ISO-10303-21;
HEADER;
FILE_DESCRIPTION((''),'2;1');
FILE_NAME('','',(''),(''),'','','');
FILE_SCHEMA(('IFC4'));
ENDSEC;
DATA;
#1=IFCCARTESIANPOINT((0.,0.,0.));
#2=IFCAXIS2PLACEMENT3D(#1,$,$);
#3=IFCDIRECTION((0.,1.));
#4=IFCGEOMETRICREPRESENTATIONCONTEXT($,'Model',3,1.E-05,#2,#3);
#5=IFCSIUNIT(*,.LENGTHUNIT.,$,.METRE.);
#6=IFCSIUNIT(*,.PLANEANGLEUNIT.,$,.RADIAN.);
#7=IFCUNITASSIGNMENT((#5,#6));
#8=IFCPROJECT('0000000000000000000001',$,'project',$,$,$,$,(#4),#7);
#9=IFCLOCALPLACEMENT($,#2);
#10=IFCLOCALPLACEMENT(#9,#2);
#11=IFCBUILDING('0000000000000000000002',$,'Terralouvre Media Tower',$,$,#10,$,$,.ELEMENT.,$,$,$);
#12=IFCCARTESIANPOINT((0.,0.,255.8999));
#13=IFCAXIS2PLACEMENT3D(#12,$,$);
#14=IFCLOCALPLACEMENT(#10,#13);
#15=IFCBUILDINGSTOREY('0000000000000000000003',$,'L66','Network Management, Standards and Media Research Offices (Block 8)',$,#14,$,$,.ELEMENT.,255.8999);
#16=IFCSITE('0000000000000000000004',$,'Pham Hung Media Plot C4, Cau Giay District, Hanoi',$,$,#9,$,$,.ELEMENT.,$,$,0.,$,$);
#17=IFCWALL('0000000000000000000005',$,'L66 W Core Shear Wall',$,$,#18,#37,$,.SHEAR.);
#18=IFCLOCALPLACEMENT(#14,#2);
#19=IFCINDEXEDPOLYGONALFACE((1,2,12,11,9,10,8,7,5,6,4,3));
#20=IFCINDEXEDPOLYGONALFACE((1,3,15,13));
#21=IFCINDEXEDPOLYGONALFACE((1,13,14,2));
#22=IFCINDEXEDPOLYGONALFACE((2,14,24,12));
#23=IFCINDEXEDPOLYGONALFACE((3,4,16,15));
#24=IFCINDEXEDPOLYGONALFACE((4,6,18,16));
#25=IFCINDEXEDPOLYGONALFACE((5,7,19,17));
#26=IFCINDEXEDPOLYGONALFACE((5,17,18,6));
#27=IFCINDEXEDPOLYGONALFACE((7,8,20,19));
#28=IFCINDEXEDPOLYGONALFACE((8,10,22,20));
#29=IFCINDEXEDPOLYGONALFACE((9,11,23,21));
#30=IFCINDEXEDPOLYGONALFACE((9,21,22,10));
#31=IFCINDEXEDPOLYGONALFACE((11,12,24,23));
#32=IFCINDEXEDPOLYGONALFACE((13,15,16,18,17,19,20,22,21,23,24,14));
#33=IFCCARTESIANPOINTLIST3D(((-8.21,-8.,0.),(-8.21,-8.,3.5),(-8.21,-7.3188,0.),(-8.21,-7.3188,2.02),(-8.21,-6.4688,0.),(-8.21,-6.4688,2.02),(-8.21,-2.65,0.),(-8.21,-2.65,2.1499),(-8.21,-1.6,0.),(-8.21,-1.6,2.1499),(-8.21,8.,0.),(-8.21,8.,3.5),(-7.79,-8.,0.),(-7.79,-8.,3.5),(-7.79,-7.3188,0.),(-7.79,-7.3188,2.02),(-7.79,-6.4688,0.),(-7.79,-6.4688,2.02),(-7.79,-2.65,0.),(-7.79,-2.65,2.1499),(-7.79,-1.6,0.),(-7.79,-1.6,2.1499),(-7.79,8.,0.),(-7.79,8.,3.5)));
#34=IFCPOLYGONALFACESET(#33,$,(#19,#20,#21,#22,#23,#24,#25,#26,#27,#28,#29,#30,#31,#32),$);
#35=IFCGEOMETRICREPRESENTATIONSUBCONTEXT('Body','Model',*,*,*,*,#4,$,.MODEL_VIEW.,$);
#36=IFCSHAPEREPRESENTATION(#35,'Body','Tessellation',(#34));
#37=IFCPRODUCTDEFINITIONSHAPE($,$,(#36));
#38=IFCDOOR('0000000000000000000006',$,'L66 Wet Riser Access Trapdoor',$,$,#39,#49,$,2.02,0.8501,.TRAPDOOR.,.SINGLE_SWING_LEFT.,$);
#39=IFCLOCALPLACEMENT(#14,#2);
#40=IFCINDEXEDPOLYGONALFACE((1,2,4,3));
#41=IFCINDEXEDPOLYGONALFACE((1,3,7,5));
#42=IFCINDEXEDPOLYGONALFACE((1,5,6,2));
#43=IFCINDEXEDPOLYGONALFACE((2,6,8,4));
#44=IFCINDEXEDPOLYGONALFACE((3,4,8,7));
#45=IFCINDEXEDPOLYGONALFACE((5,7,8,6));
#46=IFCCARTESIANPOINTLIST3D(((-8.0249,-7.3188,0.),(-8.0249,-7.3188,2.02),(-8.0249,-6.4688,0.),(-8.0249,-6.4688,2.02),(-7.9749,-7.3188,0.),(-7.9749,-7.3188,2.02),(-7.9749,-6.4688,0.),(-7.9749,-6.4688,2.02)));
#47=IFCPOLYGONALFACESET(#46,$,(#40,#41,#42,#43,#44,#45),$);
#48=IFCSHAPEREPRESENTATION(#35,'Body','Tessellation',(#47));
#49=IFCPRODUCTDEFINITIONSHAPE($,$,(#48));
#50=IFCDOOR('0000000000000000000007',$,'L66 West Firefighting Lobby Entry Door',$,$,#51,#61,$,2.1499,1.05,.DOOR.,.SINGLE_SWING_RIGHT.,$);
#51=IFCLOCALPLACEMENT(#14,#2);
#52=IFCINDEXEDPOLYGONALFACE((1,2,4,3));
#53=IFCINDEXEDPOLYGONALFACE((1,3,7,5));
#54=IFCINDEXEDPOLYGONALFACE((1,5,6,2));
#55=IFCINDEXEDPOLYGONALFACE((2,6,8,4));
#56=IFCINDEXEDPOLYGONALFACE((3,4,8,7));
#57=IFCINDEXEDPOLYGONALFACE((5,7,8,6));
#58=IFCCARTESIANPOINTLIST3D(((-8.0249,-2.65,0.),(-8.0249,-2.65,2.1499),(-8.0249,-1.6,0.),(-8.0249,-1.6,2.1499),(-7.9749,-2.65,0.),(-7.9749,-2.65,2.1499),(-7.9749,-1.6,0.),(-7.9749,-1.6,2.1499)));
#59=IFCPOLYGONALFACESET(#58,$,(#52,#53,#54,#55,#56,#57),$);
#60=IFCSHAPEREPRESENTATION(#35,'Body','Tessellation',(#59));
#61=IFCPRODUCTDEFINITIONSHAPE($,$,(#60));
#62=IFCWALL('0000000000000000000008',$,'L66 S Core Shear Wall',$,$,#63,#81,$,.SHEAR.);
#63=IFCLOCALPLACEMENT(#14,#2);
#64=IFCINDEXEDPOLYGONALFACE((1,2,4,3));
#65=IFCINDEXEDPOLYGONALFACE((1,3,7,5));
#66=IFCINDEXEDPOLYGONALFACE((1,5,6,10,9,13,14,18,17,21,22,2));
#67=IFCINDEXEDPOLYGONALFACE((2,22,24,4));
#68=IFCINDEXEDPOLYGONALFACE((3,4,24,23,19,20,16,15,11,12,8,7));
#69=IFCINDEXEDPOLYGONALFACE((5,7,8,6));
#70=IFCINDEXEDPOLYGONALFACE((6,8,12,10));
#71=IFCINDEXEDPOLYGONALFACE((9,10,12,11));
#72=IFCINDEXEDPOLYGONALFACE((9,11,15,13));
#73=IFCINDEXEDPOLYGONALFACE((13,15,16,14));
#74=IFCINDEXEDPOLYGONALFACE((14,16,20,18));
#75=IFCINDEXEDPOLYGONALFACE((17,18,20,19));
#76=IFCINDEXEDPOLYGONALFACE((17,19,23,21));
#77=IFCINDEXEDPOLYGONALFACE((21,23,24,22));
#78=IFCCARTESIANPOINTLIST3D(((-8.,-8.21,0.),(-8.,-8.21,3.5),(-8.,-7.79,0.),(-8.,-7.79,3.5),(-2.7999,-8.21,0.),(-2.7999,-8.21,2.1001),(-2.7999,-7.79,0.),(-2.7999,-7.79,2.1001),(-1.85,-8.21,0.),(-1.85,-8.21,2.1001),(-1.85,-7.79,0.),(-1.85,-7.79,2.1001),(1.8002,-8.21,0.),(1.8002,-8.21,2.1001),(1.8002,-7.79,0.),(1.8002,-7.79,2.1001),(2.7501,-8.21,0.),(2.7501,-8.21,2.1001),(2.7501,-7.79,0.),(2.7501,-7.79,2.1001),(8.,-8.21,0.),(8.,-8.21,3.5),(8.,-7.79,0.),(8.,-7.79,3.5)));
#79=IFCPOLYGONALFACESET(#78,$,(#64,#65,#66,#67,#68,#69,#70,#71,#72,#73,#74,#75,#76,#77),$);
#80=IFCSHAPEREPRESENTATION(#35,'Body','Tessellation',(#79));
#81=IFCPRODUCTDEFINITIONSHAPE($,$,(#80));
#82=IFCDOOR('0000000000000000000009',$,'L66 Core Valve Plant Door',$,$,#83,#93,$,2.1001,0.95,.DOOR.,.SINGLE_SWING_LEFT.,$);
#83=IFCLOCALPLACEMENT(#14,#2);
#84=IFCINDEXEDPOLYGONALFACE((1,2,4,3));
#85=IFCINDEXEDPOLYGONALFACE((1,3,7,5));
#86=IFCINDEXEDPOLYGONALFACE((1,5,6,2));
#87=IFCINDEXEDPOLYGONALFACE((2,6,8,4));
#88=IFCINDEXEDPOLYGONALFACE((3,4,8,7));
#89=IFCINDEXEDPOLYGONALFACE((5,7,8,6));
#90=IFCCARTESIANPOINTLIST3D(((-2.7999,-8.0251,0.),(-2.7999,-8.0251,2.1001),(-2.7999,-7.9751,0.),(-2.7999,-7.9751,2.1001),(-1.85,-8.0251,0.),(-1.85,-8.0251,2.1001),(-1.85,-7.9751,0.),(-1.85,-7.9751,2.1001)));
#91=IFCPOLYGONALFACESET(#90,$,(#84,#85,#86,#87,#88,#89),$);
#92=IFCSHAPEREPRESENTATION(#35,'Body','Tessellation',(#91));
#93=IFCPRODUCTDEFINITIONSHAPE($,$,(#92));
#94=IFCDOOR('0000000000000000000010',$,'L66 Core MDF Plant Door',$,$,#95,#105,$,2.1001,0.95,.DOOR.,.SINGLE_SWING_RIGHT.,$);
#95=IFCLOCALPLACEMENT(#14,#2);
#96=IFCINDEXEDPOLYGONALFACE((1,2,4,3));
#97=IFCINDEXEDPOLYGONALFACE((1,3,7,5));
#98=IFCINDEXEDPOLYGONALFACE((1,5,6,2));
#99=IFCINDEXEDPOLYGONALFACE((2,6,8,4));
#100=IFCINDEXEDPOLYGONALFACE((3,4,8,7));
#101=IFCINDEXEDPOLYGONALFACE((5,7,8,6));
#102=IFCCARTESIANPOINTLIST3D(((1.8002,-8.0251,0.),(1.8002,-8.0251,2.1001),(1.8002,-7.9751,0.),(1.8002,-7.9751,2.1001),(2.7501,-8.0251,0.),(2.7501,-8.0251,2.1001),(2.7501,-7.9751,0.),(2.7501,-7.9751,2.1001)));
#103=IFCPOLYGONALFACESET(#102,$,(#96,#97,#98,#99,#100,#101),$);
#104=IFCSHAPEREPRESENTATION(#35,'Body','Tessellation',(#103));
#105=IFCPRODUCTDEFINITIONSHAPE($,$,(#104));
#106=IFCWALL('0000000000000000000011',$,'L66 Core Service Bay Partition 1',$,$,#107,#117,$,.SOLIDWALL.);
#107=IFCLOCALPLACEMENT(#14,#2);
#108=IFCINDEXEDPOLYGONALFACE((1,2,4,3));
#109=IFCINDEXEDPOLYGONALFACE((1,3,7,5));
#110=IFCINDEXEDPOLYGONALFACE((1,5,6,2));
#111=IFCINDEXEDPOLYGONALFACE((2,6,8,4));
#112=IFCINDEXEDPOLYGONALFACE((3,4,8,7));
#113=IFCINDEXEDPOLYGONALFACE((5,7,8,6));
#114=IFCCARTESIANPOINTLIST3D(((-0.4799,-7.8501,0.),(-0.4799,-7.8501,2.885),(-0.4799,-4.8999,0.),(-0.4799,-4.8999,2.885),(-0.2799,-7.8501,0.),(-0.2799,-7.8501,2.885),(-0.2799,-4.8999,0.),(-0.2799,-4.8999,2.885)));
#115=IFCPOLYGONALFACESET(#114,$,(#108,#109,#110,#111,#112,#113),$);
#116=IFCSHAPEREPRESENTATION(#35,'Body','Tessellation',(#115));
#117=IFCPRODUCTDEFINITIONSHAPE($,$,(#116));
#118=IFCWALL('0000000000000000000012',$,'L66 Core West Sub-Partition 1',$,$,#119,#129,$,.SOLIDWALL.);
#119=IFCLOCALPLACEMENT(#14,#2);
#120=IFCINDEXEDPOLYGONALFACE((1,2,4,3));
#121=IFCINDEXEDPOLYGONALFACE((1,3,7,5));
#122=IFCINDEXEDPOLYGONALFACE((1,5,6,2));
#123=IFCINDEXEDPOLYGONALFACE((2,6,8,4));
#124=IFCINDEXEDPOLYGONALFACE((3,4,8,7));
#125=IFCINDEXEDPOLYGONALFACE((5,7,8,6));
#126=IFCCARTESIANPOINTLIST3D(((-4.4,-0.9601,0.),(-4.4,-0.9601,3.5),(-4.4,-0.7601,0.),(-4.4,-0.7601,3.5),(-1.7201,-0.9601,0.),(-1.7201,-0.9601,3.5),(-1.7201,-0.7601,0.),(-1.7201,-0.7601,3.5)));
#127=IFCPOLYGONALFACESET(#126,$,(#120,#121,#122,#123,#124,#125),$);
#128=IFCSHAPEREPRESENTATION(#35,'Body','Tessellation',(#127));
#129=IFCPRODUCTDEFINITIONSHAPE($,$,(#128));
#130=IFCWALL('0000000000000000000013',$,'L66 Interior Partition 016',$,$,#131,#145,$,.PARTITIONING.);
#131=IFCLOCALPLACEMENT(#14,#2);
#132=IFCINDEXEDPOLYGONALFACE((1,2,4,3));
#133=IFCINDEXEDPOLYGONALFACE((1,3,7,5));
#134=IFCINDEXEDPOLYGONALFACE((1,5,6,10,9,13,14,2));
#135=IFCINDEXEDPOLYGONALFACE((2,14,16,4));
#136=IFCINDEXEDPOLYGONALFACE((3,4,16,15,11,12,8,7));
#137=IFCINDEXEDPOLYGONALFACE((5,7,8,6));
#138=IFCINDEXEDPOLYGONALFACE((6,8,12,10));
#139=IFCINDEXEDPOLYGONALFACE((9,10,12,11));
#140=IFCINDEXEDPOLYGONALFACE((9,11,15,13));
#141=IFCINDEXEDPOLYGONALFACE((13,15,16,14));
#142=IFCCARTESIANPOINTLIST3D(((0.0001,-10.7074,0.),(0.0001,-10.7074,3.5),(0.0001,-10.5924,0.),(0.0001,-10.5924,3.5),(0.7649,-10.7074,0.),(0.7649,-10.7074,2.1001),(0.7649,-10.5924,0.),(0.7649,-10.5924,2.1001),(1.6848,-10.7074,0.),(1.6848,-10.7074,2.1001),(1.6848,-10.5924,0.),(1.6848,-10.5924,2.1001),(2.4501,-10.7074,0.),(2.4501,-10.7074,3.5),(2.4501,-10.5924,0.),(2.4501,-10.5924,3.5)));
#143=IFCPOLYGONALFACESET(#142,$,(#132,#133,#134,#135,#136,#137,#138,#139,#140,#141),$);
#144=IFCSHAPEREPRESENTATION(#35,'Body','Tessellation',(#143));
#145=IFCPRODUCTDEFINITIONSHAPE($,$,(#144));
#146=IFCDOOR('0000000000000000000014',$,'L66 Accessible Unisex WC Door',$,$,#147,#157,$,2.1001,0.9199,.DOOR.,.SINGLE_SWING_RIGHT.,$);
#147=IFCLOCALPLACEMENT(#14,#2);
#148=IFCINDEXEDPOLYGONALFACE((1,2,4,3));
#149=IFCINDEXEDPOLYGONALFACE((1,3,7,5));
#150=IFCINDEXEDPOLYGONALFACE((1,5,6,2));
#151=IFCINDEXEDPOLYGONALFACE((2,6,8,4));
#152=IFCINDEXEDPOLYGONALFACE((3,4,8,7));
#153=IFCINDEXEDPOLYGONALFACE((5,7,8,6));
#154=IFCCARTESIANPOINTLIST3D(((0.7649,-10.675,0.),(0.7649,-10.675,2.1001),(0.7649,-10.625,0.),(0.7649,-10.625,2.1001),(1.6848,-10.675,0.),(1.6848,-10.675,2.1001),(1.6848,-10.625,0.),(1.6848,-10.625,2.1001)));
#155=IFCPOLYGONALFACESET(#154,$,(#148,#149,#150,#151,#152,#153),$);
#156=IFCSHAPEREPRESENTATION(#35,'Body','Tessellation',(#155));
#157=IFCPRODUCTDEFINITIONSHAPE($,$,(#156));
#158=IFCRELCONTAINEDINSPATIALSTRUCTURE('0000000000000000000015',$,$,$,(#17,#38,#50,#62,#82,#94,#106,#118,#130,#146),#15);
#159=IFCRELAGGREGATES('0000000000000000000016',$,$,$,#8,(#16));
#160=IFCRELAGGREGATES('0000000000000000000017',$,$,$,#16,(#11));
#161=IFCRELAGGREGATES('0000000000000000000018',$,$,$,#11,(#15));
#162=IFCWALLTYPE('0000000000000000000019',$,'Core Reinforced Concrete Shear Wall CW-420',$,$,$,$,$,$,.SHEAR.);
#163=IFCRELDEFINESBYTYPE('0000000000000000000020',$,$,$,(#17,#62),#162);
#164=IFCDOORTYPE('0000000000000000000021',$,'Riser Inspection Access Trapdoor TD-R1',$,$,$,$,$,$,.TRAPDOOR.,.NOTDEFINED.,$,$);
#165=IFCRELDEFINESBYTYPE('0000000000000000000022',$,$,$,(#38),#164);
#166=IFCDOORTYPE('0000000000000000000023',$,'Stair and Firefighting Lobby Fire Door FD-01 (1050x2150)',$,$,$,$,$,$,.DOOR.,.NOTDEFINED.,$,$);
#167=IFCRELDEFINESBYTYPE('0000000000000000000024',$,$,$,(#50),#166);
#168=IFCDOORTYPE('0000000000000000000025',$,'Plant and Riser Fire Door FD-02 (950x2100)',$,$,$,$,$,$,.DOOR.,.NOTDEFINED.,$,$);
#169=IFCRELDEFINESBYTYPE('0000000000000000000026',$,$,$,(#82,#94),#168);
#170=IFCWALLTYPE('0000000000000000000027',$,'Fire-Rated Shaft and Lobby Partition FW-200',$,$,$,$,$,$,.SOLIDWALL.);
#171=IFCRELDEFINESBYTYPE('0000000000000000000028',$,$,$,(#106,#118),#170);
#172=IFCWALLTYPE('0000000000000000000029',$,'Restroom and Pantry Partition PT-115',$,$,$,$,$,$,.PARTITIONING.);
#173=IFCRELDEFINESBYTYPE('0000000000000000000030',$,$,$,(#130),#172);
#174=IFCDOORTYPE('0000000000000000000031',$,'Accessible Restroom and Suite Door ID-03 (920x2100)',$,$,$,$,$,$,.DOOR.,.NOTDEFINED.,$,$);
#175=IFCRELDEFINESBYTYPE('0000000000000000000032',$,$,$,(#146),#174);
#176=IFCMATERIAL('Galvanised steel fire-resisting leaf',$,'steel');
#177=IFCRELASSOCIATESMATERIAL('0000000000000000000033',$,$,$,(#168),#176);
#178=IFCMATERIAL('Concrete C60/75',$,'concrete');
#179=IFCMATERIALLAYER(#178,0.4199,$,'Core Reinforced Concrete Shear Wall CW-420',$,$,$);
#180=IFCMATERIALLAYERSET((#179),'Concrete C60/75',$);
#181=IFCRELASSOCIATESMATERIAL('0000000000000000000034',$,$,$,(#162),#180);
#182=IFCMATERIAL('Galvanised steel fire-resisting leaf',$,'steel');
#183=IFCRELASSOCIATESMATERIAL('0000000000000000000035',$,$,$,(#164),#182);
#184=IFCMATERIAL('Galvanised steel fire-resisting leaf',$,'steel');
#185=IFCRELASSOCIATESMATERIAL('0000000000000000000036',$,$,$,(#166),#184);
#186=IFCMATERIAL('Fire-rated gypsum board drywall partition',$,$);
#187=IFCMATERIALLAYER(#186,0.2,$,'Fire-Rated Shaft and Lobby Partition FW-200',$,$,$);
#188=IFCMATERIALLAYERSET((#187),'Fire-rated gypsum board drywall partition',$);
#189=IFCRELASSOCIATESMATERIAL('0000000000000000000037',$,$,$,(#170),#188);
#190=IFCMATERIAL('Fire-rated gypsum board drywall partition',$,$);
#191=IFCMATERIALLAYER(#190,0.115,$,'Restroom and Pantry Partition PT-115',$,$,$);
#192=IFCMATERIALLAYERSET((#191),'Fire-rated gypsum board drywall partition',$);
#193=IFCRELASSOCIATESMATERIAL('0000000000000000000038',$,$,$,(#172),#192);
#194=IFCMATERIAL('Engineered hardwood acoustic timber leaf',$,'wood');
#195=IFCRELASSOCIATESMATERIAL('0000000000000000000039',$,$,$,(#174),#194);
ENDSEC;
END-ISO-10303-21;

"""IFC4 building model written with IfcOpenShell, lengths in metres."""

from ifc_helpers import new_model, si_unit, direction, frame, frame_2d, origin, place, context, subcontext, project, spatial, rectangle, extrude, material, layer, layer_set, type_object, element, fill, save


model = new_model("IFC4")

# Units and contexts
model_context = context("Model", 3, precision=1e-05, world=origin(), true_north=direction((0.0, 1.0)))
body_context = subcontext(model_context, "Body", "Model", "MODEL_VIEW")
ifc_project = project(units=[si_unit("LENGTHUNIT", "METRE"), si_unit("PLANEANGLEUNIT", "RADIAN")], contexts=[model_context])

# Site, building, storey
site_placement = place(None, origin())
site = spatial("IfcSite", under=ifc_project, at=site_placement, Name="Pham Hung Media Plot C4, Cau Giay District, Hanoi", CompositionType="ELEMENT", RefElevation=0.0)
building_placement = place(site_placement, origin())
building = spatial("IfcBuilding", under=site, at=building_placement, Name="Terralouvre Media Tower", CompositionType="ELEMENT")
storey_placement = place(building_placement, frame((0.0, 0.0, 255.8999)))
storey = spatial("IfcBuildingStorey", under=building, at=storey_placement, Name="L66", Description="Network Management, Standards and Media Research Offices (Block 8)", CompositionType="ELEMENT", Elevation=255.8999)

# Walls, openings, doors
ifc_material_1 = material(Name="Galvanised steel fire-resisting leaf", Category="steel")
door_type_1 = type_object("IfcDoorType", Name="Plant and Riser Fire Door FD-02 (950x2100)", OperationType="NOTDEFINED", PredefinedType="DOOR", material=ifc_material_1)
ifc_material_2 = material(Name="Concrete C60/75", Category="concrete")
ifc_layer_1 = layer(ifc_material_2, 0.4199, Name="Core Reinforced Concrete Shear Wall CW-420")
ifc_layer_set_1 = layer_set([ifc_layer_1], Name="Concrete C60/75")
wall_type_1 = type_object("IfcWallType", Name="Core Reinforced Concrete Shear Wall CW-420", PredefinedType="SHEAR", material=ifc_layer_set_1)
wall_1_placement = place(storey_placement, frame((-8.0, -8.0, 0.0), z_axis=(0.0, 0.0, 1.0), x_axis=(0.0, 1.0, 0.0)))
wall_1 = element("IfcWall", 1, at=wall_1_placement, inside=storey, type_object=wall_type_1, Name="L66 W Core Shear Wall", PredefinedType="SHEAR", context=body_context, shape_type="SweptSolid", body=[
    extrude(rectangle(XDim=16.0, YDim=0.4199, at=frame_2d((8.0, 0.0))), origin(), (0.0, 0.0, 1.0), 3.5),
])
opening_1_placement = place(wall_1_placement, frame((0.6812, 0.0, 0.0)))
opening_1 = element("IfcOpeningElement", 2, at=opening_1_placement, cuts=wall_1, PredefinedType="OPENING", context=body_context, shape_type="SweptSolid", body=[
    extrude(rectangle(XDim=0.8501, YDim=2.02, at=frame_2d((0.425, 1.01))), frame((0.0, 0.22, 0.0), z_axis=(0.0, -1.0, 0.0), x_axis=(1.0, 0.0, 0.0)), (0.0, 0.0, 1.0), 0.4399),
])
opening_2_placement = place(wall_1_placement, frame((5.3501, 0.0, 0.0)))
opening_2 = element("IfcOpeningElement", 3, at=opening_2_placement, cuts=wall_1, PredefinedType="OPENING", context=body_context, shape_type="SweptSolid", body=[
    extrude(rectangle(XDim=1.05, YDim=2.1499, at=frame_2d((0.5249, 1.075))), frame((0.0, 0.22, 0.0), z_axis=(0.0, -1.0, 0.0), x_axis=(1.0, 0.0, 0.0)), (0.0, 0.0, 1.0), 0.4399),
])
ifc_material_3 = material(Name="Galvanised steel fire-resisting leaf", Category="steel")
door_type_2 = type_object("IfcDoorType", Name="Riser Inspection Access Trapdoor TD-R1", OperationType="NOTDEFINED", PredefinedType="TRAPDOOR", material=ifc_material_3)
door_1_placement = place(opening_1_placement, origin())
door_1 = element("IfcDoor", 4, at=door_1_placement, inside=storey, type_object=door_type_2, Name="L66 Wet Riser Access Trapdoor", OperationType="SINGLE_SWING_LEFT", OverallHeight=2.02, OverallWidth=0.8501, PredefinedType="TRAPDOOR", context=body_context, shape_type="SweptSolid", body=[
    extrude(rectangle(XDim=0.8501, YDim=2.02, at=frame_2d((0.425, 1.01))), frame((0.0, 0.0249, 0.0), z_axis=(0.0, -1.0, 0.0), x_axis=(1.0, 0.0, 0.0)), (0.0, 0.0, 1.0), 0.05),
])
fill(opening_1, door_1)
ifc_material_4 = material(Name="Galvanised steel fire-resisting leaf", Category="steel")
door_type_3 = type_object("IfcDoorType", Name="Stair and Firefighting Lobby Fire Door FD-01 (1050x2150)", OperationType="NOTDEFINED", PredefinedType="DOOR", material=ifc_material_4)
door_2_placement = place(opening_2_placement, origin())
door_2 = element("IfcDoor", 5, at=door_2_placement, inside=storey, type_object=door_type_3, Name="L66 West Firefighting Lobby Entry Door", OperationType="SINGLE_SWING_RIGHT", OverallHeight=2.1499, OverallWidth=1.05, PredefinedType="DOOR", context=body_context, shape_type="SweptSolid", body=[
    extrude(rectangle(XDim=1.05, YDim=2.1499, at=frame_2d((0.5249, 1.075))), frame((0.0, 0.0249, 0.0), z_axis=(0.0, -1.0, 0.0), x_axis=(1.0, 0.0, 0.0)), (0.0, 0.0, 1.0), 0.05),
])
fill(opening_2, door_2)
wall_2_placement = place(storey_placement, frame((-8.0, -8.0, 0.0), z_axis=(0.0, 0.0, 1.0), x_axis=(1.0, 0.0, 0.0)))
wall_2 = element("IfcWall", 6, at=wall_2_placement, inside=storey, type_object=wall_type_1, Name="L66 S Core Shear Wall", PredefinedType="SHEAR", context=body_context, shape_type="SweptSolid", body=[
    extrude(rectangle(XDim=16.0, YDim=0.4199, at=frame_2d((8.0, 0.0))), origin(), (0.0, 0.0, 1.0), 3.5),
])
opening_3_placement = place(wall_2_placement, frame((5.2, 0.0, 0.0)))
opening_3 = element("IfcOpeningElement", 7, at=opening_3_placement, cuts=wall_2, PredefinedType="OPENING", context=body_context, shape_type="SweptSolid", body=[
    extrude(rectangle(XDim=0.95, YDim=2.1001, at=frame_2d((0.4751, 1.05))), frame((0.0, 0.22, 0.0), z_axis=(0.0, -1.0, 0.0), x_axis=(1.0, 0.0, 0.0)), (0.0, 0.0, 1.0), 0.4399),
])
opening_4_placement = place(wall_2_placement, frame((9.8, 0.0, 0.0)))
opening_4 = element("IfcOpeningElement", 8, at=opening_4_placement, cuts=wall_2, PredefinedType="OPENING", context=body_context, shape_type="SweptSolid", body=[
    extrude(rectangle(XDim=0.95, YDim=2.1001, at=frame_2d((0.4751, 1.05))), frame((0.0, 0.22, 0.0), z_axis=(0.0, -1.0, 0.0), x_axis=(1.0, 0.0, 0.0)), (0.0, 0.0, 1.0), 0.4399),
])
door_3_placement = place(opening_3_placement, origin())
door_3 = element("IfcDoor", 9, at=door_3_placement, inside=storey, type_object=door_type_1, Name="L66 Core Valve Plant Door", OperationType="SINGLE_SWING_LEFT", OverallHeight=2.1001, OverallWidth=0.95, PredefinedType="DOOR", context=body_context, shape_type="SweptSolid", body=[
    extrude(rectangle(XDim=0.95, YDim=2.1001, at=frame_2d((0.4751, 1.05))), frame((0.0, 0.0249, 0.0), z_axis=(0.0, -1.0, 0.0), x_axis=(1.0, 0.0, 0.0)), (0.0, 0.0, 1.0), 0.05),
])
fill(opening_3, door_3)
door_4_placement = place(opening_4_placement, origin())
door_4 = element("IfcDoor", 10, at=door_4_placement, inside=storey, type_object=door_type_1, Name="L66 Core MDF Plant Door", OperationType="SINGLE_SWING_RIGHT", OverallHeight=2.1001, OverallWidth=0.95, PredefinedType="DOOR", context=body_context, shape_type="SweptSolid", body=[
    extrude(rectangle(XDim=0.95, YDim=2.1001, at=frame_2d((0.4751, 1.05))), frame((0.0, 0.0249, 0.0), z_axis=(0.0, -1.0, 0.0), x_axis=(1.0, 0.0, 0.0)), (0.0, 0.0, 1.0), 0.05),
])
fill(opening_4, door_4)

# Walls
ifc_material_5 = material(Name="Fire-rated gypsum board drywall partition")
ifc_layer_2 = layer(ifc_material_5, 0.2, Name="Fire-Rated Shaft and Lobby Partition FW-200")
ifc_layer_set_2 = layer_set([ifc_layer_2], Name="Fire-rated gypsum board drywall partition")
wall_type_2 = type_object("IfcWallType", Name="Fire-Rated Shaft and Lobby Partition FW-200", PredefinedType="SOLIDWALL", material=ifc_layer_set_2)
wall_3_placement = place(storey_placement, frame((-0.3799, -7.8501, 0.0), z_axis=(0.0, 0.0, 1.0), x_axis=(0.0, 1.0, 0.0)))
element("IfcWall", 11, at=wall_3_placement, inside=storey, type_object=wall_type_2, Name="L66 Core Service Bay Partition 1", PredefinedType="SOLIDWALL", context=body_context, shape_type="SweptSolid", body=[
    extrude(rectangle(XDim=2.9502, YDim=0.2, at=frame_2d((1.4751, 0.0))), origin(), (0.0, 0.0, 1.0), 2.885),
])
wall_4_placement = place(storey_placement, frame((-4.3999, -0.8601, 0.0), z_axis=(0.0, 0.0, 1.0), x_axis=(1.0, 0.0, 0.0)))
element("IfcWall", 12, at=wall_4_placement, inside=storey, type_object=wall_type_2, Name="L66 Core West Sub-Partition 1", PredefinedType="SOLIDWALL", context=body_context, shape_type="SweptSolid", body=[
    extrude(rectangle(XDim=2.6799, YDim=0.2, at=frame_2d((1.3398, 0.0))), origin(), (0.0, 0.0, 1.0), 3.5),
])

# Wall, opening, door
ifc_material_6 = material(Name="Fire-rated gypsum board drywall partition")
ifc_layer_3 = layer(ifc_material_6, 0.115, Name="Restroom and Pantry Partition PT-115")
ifc_layer_set_3 = layer_set([ifc_layer_3], Name="Fire-rated gypsum board drywall partition")
wall_type_3 = type_object("IfcWallType", Name="Restroom and Pantry Partition PT-115", PredefinedType="PARTITIONING", material=ifc_layer_set_3)
wall_5_placement = place(storey_placement, frame((0.0, -10.6499, 0.0), z_axis=(0.0, 0.0, 1.0), x_axis=(1.0, 0.0, 0.0)))
wall_5 = element("IfcWall", 13, at=wall_5_placement, inside=storey, type_object=wall_type_3, Name="L66 Interior Partition 016", PredefinedType="PARTITIONING", context=body_context, shape_type="SweptSolid", body=[
    extrude(rectangle(XDim=2.45, YDim=0.115, at=frame_2d((1.2251, 0.0))), origin(), (0.0, 0.0, 1.0), 3.5),
])
opening_5_placement = place(wall_5_placement, frame((0.7649, 0.0, 0.0)))
opening_5 = element("IfcOpeningElement", 14, at=opening_5_placement, cuts=wall_5, PredefinedType="OPENING", context=body_context, shape_type="SweptSolid", body=[
    extrude(rectangle(XDim=0.9199, YDim=2.1001, at=frame_2d((0.46, 1.05))), frame((0.0, 0.0674, 0.0), z_axis=(0.0, -1.0, 0.0), x_axis=(1.0, 0.0, 0.0)), (0.0, 0.0, 1.0), 0.135),
])
ifc_material_7 = material(Name="Engineered hardwood acoustic timber leaf", Category="wood")
door_type_4 = type_object("IfcDoorType", Name="Accessible Restroom and Suite Door ID-03 (920x2100)", OperationType="NOTDEFINED", PredefinedType="DOOR", material=ifc_material_7)
door_5_placement = place(opening_5_placement, origin())
door_5 = element("IfcDoor", 15, at=door_5_placement, inside=storey, type_object=door_type_4, Name="L66 Accessible Unisex WC Door", OperationType="SINGLE_SWING_RIGHT", OverallHeight=2.1001, OverallWidth=0.9199, PredefinedType="DOOR", context=body_context, shape_type="SweptSolid", body=[
    extrude(rectangle(XDim=0.9199, YDim=2.1001, at=frame_2d((0.46, 1.05))), frame((0.0, 0.0249, 0.0), z_axis=(0.0, -1.0, 0.0), x_axis=(1.0, 0.0, 0.0)), (0.0, 0.0, 1.0), 0.05),
])
fill(opening_5, door_5)

save(model, "model.ifc")
